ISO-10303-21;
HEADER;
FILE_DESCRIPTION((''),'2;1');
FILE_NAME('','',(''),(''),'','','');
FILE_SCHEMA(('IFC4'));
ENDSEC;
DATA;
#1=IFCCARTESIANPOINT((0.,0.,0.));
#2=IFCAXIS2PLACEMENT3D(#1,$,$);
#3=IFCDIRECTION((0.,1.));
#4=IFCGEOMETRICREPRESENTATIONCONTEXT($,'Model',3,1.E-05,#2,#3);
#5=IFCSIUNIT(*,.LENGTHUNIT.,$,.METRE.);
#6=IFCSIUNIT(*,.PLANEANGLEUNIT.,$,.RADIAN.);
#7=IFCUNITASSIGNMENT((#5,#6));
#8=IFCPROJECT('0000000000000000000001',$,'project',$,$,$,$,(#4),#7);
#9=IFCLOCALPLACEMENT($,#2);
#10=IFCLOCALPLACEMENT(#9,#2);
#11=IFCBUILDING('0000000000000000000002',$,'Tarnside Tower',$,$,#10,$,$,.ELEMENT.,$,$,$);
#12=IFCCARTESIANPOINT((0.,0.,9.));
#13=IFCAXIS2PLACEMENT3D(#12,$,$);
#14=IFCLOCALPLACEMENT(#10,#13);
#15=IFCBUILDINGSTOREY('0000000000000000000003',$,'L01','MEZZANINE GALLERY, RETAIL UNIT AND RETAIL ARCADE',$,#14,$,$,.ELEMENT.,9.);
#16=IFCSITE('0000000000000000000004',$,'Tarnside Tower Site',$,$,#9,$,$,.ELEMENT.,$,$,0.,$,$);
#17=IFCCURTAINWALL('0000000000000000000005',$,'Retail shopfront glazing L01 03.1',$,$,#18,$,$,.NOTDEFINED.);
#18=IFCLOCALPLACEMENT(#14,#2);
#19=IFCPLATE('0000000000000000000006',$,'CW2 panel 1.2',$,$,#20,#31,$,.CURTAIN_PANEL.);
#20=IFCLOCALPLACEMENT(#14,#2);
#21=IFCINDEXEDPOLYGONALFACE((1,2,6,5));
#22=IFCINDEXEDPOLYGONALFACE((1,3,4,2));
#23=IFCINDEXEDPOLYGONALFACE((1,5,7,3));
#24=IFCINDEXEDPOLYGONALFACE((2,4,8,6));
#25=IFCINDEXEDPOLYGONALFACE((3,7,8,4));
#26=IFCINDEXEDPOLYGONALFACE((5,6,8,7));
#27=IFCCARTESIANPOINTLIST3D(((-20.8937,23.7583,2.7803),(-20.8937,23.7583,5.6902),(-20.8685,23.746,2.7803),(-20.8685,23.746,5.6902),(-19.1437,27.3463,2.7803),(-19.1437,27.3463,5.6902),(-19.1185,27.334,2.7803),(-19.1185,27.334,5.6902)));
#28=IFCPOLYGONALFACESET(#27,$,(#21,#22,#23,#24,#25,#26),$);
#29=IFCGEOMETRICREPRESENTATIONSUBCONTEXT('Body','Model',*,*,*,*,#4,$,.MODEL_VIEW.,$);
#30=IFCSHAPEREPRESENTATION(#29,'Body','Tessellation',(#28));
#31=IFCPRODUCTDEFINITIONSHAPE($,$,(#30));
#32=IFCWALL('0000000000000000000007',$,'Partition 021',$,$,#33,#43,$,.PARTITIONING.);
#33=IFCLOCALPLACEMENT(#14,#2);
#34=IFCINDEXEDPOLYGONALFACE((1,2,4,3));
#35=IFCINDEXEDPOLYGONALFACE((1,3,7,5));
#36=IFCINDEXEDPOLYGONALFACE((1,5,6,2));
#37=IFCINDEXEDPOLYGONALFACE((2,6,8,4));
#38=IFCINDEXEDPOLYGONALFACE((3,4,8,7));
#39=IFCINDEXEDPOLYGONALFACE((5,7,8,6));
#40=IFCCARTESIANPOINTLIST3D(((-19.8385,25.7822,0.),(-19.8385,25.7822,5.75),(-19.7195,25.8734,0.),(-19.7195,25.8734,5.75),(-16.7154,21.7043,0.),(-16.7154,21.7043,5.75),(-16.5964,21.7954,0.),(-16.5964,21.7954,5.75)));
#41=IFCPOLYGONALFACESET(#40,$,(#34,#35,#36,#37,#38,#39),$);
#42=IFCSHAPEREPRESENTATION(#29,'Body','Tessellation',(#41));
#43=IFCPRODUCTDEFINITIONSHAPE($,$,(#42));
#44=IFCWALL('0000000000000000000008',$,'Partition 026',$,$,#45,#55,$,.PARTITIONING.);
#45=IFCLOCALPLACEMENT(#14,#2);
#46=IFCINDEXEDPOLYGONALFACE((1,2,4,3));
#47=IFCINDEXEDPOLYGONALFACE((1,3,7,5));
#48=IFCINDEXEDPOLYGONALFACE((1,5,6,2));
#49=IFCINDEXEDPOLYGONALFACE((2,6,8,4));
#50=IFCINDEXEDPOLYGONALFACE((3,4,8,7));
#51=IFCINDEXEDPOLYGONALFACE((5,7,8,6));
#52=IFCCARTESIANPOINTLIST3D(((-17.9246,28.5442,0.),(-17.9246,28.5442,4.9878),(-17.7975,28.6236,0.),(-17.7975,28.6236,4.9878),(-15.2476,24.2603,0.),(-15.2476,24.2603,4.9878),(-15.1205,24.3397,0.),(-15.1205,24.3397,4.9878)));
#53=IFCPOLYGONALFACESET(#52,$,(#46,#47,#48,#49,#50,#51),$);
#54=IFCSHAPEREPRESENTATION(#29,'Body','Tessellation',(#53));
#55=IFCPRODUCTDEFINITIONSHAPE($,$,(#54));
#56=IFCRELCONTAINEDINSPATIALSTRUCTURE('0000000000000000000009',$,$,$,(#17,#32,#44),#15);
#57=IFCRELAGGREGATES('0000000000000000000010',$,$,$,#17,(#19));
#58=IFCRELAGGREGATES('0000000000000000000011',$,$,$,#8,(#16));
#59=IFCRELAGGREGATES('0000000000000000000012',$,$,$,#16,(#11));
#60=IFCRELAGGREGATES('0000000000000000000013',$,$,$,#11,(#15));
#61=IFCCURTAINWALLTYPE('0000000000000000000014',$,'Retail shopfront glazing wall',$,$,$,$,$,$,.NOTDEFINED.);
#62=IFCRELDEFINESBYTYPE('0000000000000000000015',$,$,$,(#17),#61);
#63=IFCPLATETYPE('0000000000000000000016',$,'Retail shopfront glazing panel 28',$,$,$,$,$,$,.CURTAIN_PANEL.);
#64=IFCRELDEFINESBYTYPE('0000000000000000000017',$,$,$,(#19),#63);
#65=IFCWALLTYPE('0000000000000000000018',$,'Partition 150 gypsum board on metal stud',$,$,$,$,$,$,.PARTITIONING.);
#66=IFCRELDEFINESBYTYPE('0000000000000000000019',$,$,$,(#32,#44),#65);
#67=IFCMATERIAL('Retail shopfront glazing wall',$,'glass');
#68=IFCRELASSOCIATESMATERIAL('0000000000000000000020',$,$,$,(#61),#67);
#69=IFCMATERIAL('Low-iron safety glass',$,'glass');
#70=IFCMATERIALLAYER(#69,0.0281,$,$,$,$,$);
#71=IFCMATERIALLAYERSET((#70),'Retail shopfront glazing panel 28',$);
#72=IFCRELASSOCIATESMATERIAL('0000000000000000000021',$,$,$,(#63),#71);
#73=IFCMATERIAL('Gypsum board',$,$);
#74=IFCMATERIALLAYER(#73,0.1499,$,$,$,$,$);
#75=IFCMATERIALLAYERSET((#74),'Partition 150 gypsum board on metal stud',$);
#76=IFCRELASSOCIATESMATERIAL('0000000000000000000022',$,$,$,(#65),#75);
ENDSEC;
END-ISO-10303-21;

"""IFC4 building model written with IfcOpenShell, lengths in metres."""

from ifc_helpers import new_model, si_unit, direction, frame, frame_2d, origin, origin_2d, place, context, subcontext, project, spatial, rectangle, extrude, material, layer, layer_set, type_object, element, aggregate, save


model = new_model("IFC4")

# Units and contexts
model_context = context("Model", 3, precision=1e-05, world=origin(), true_north=direction((0.0, 1.0)))
body_context = subcontext(model_context, "Body", "Model", "MODEL_VIEW")
ifc_project = project(units=[si_unit("LENGTHUNIT", "METRE"), si_unit("PLANEANGLEUNIT", "RADIAN")], contexts=[model_context])

# Site, building, storey
site_placement = place(None, origin())
site = spatial("IfcSite", under=ifc_project, at=site_placement, Name="Tarnside Tower Site", CompositionType="ELEMENT", RefElevation=0.0)
building_placement = place(site_placement, origin())
building = spatial("IfcBuilding", under=site, at=building_placement, Name="Tarnside Tower", CompositionType="ELEMENT")
storey_placement = place(building_placement, frame((0.0, 0.0, 9.0)))
storey = spatial("IfcBuildingStorey", under=building, at=storey_placement, Name="L01", Description="MEZZANINE GALLERY, RETAIL UNIT AND RETAIL ARCADE", CompositionType="ELEMENT", Elevation=9.0)

# Shared definitions
ifc_material_1 = material(Name="Retail shopfront glazing wall", Category="glass")
curtain_wall_type = type_object("IfcCurtainWallType", Name="Retail shopfront glazing wall", PredefinedType="NOTDEFINED", material=ifc_material_1)

# Curtain wall
curtain_wall_1_placement = place(storey_placement, origin())
curtain_wall_1 = element("IfcCurtainWall", 1, at=curtain_wall_1_placement, inside=storey, type_object=curtain_wall_type, Name="Retail shopfront glazing L01 03.1", PredefinedType="NOTDEFINED")

# Plate
ifc_material_2 = material(Name="Low-iron safety glass", Category="glass")
ifc_layer_1 = layer(ifc_material_2, 0.0281)
ifc_layer_set_1 = layer_set([ifc_layer_1], Name="Retail shopfront glazing panel 28")
plate_type = type_object("IfcPlateType", Name="Retail shopfront glazing panel 28", PredefinedType="CURTAIN_PANEL", material=ifc_layer_set_1)
plate_1_placement = place(storey_placement, frame((-20.0061, 25.5461, 2.7803), z_axis=(0.0, 0.0, 1.0), x_axis=(-0.438371, -0.898794, 0.0)))
plate_1 = element("IfcPlate", 2, at=plate_1_placement, type_object=plate_type, Name="CW2 panel 1.2", PredefinedType="CURTAIN_PANEL", context=body_context, shape_type="SweptSolid", body=[
    extrude(rectangle(XDim=3.9919, YDim=0.0281, at=origin_2d()), origin(), (0.0, 0.0, 1.0), 2.9099),
])
aggregate(curtain_wall_1, [plate_1])

# Walls
ifc_material_3 = material(Name="Gypsum board")
ifc_layer_2 = layer(ifc_material_3, 0.1499)
ifc_layer_set_2 = layer_set([ifc_layer_2], Name="Partition 150 gypsum board on metal stud")
wall_type = type_object("IfcWallType", Name="Partition 150 gypsum board on metal stud", PredefinedType="PARTITIONING", material=ifc_layer_set_2)
wall_1_placement = place(storey_placement, frame((-19.7791, 25.8279, 0.0), z_axis=(0.0, 0.0, 1.0), x_axis=(0.608023, -0.793919, 0.0)))
element("IfcWall", 3, at=wall_1_placement, inside=storey, type_object=wall_type, Name="Partition 021", PredefinedType="PARTITIONING", context=body_context, shape_type="SweptSolid", body=[
    extrude(rectangle(XDim=5.1365, YDim=0.1499, at=frame_2d((2.5684, 0.0))), origin(), (0.0, 0.0, 1.0), 5.75),
])
wall_2_placement = place(storey_placement, frame((-17.8611, 28.584, 0.0), z_axis=(0.0, 0.0, 1.0), x_axis=(0.529934, -0.848039, 0.0)))
element("IfcWall", 4, at=wall_2_placement, inside=storey, type_object=wall_type, Name="Partition 026", PredefinedType="PARTITIONING", context=body_context, shape_type="SweptSolid", body=[
    extrude(rectangle(XDim=5.0515, YDim=0.1499, at=frame_2d((2.5259, 0.0))), origin(), (0.0, 0.0, 1.0), 4.9878),
])

save(model, "model.ifc")
